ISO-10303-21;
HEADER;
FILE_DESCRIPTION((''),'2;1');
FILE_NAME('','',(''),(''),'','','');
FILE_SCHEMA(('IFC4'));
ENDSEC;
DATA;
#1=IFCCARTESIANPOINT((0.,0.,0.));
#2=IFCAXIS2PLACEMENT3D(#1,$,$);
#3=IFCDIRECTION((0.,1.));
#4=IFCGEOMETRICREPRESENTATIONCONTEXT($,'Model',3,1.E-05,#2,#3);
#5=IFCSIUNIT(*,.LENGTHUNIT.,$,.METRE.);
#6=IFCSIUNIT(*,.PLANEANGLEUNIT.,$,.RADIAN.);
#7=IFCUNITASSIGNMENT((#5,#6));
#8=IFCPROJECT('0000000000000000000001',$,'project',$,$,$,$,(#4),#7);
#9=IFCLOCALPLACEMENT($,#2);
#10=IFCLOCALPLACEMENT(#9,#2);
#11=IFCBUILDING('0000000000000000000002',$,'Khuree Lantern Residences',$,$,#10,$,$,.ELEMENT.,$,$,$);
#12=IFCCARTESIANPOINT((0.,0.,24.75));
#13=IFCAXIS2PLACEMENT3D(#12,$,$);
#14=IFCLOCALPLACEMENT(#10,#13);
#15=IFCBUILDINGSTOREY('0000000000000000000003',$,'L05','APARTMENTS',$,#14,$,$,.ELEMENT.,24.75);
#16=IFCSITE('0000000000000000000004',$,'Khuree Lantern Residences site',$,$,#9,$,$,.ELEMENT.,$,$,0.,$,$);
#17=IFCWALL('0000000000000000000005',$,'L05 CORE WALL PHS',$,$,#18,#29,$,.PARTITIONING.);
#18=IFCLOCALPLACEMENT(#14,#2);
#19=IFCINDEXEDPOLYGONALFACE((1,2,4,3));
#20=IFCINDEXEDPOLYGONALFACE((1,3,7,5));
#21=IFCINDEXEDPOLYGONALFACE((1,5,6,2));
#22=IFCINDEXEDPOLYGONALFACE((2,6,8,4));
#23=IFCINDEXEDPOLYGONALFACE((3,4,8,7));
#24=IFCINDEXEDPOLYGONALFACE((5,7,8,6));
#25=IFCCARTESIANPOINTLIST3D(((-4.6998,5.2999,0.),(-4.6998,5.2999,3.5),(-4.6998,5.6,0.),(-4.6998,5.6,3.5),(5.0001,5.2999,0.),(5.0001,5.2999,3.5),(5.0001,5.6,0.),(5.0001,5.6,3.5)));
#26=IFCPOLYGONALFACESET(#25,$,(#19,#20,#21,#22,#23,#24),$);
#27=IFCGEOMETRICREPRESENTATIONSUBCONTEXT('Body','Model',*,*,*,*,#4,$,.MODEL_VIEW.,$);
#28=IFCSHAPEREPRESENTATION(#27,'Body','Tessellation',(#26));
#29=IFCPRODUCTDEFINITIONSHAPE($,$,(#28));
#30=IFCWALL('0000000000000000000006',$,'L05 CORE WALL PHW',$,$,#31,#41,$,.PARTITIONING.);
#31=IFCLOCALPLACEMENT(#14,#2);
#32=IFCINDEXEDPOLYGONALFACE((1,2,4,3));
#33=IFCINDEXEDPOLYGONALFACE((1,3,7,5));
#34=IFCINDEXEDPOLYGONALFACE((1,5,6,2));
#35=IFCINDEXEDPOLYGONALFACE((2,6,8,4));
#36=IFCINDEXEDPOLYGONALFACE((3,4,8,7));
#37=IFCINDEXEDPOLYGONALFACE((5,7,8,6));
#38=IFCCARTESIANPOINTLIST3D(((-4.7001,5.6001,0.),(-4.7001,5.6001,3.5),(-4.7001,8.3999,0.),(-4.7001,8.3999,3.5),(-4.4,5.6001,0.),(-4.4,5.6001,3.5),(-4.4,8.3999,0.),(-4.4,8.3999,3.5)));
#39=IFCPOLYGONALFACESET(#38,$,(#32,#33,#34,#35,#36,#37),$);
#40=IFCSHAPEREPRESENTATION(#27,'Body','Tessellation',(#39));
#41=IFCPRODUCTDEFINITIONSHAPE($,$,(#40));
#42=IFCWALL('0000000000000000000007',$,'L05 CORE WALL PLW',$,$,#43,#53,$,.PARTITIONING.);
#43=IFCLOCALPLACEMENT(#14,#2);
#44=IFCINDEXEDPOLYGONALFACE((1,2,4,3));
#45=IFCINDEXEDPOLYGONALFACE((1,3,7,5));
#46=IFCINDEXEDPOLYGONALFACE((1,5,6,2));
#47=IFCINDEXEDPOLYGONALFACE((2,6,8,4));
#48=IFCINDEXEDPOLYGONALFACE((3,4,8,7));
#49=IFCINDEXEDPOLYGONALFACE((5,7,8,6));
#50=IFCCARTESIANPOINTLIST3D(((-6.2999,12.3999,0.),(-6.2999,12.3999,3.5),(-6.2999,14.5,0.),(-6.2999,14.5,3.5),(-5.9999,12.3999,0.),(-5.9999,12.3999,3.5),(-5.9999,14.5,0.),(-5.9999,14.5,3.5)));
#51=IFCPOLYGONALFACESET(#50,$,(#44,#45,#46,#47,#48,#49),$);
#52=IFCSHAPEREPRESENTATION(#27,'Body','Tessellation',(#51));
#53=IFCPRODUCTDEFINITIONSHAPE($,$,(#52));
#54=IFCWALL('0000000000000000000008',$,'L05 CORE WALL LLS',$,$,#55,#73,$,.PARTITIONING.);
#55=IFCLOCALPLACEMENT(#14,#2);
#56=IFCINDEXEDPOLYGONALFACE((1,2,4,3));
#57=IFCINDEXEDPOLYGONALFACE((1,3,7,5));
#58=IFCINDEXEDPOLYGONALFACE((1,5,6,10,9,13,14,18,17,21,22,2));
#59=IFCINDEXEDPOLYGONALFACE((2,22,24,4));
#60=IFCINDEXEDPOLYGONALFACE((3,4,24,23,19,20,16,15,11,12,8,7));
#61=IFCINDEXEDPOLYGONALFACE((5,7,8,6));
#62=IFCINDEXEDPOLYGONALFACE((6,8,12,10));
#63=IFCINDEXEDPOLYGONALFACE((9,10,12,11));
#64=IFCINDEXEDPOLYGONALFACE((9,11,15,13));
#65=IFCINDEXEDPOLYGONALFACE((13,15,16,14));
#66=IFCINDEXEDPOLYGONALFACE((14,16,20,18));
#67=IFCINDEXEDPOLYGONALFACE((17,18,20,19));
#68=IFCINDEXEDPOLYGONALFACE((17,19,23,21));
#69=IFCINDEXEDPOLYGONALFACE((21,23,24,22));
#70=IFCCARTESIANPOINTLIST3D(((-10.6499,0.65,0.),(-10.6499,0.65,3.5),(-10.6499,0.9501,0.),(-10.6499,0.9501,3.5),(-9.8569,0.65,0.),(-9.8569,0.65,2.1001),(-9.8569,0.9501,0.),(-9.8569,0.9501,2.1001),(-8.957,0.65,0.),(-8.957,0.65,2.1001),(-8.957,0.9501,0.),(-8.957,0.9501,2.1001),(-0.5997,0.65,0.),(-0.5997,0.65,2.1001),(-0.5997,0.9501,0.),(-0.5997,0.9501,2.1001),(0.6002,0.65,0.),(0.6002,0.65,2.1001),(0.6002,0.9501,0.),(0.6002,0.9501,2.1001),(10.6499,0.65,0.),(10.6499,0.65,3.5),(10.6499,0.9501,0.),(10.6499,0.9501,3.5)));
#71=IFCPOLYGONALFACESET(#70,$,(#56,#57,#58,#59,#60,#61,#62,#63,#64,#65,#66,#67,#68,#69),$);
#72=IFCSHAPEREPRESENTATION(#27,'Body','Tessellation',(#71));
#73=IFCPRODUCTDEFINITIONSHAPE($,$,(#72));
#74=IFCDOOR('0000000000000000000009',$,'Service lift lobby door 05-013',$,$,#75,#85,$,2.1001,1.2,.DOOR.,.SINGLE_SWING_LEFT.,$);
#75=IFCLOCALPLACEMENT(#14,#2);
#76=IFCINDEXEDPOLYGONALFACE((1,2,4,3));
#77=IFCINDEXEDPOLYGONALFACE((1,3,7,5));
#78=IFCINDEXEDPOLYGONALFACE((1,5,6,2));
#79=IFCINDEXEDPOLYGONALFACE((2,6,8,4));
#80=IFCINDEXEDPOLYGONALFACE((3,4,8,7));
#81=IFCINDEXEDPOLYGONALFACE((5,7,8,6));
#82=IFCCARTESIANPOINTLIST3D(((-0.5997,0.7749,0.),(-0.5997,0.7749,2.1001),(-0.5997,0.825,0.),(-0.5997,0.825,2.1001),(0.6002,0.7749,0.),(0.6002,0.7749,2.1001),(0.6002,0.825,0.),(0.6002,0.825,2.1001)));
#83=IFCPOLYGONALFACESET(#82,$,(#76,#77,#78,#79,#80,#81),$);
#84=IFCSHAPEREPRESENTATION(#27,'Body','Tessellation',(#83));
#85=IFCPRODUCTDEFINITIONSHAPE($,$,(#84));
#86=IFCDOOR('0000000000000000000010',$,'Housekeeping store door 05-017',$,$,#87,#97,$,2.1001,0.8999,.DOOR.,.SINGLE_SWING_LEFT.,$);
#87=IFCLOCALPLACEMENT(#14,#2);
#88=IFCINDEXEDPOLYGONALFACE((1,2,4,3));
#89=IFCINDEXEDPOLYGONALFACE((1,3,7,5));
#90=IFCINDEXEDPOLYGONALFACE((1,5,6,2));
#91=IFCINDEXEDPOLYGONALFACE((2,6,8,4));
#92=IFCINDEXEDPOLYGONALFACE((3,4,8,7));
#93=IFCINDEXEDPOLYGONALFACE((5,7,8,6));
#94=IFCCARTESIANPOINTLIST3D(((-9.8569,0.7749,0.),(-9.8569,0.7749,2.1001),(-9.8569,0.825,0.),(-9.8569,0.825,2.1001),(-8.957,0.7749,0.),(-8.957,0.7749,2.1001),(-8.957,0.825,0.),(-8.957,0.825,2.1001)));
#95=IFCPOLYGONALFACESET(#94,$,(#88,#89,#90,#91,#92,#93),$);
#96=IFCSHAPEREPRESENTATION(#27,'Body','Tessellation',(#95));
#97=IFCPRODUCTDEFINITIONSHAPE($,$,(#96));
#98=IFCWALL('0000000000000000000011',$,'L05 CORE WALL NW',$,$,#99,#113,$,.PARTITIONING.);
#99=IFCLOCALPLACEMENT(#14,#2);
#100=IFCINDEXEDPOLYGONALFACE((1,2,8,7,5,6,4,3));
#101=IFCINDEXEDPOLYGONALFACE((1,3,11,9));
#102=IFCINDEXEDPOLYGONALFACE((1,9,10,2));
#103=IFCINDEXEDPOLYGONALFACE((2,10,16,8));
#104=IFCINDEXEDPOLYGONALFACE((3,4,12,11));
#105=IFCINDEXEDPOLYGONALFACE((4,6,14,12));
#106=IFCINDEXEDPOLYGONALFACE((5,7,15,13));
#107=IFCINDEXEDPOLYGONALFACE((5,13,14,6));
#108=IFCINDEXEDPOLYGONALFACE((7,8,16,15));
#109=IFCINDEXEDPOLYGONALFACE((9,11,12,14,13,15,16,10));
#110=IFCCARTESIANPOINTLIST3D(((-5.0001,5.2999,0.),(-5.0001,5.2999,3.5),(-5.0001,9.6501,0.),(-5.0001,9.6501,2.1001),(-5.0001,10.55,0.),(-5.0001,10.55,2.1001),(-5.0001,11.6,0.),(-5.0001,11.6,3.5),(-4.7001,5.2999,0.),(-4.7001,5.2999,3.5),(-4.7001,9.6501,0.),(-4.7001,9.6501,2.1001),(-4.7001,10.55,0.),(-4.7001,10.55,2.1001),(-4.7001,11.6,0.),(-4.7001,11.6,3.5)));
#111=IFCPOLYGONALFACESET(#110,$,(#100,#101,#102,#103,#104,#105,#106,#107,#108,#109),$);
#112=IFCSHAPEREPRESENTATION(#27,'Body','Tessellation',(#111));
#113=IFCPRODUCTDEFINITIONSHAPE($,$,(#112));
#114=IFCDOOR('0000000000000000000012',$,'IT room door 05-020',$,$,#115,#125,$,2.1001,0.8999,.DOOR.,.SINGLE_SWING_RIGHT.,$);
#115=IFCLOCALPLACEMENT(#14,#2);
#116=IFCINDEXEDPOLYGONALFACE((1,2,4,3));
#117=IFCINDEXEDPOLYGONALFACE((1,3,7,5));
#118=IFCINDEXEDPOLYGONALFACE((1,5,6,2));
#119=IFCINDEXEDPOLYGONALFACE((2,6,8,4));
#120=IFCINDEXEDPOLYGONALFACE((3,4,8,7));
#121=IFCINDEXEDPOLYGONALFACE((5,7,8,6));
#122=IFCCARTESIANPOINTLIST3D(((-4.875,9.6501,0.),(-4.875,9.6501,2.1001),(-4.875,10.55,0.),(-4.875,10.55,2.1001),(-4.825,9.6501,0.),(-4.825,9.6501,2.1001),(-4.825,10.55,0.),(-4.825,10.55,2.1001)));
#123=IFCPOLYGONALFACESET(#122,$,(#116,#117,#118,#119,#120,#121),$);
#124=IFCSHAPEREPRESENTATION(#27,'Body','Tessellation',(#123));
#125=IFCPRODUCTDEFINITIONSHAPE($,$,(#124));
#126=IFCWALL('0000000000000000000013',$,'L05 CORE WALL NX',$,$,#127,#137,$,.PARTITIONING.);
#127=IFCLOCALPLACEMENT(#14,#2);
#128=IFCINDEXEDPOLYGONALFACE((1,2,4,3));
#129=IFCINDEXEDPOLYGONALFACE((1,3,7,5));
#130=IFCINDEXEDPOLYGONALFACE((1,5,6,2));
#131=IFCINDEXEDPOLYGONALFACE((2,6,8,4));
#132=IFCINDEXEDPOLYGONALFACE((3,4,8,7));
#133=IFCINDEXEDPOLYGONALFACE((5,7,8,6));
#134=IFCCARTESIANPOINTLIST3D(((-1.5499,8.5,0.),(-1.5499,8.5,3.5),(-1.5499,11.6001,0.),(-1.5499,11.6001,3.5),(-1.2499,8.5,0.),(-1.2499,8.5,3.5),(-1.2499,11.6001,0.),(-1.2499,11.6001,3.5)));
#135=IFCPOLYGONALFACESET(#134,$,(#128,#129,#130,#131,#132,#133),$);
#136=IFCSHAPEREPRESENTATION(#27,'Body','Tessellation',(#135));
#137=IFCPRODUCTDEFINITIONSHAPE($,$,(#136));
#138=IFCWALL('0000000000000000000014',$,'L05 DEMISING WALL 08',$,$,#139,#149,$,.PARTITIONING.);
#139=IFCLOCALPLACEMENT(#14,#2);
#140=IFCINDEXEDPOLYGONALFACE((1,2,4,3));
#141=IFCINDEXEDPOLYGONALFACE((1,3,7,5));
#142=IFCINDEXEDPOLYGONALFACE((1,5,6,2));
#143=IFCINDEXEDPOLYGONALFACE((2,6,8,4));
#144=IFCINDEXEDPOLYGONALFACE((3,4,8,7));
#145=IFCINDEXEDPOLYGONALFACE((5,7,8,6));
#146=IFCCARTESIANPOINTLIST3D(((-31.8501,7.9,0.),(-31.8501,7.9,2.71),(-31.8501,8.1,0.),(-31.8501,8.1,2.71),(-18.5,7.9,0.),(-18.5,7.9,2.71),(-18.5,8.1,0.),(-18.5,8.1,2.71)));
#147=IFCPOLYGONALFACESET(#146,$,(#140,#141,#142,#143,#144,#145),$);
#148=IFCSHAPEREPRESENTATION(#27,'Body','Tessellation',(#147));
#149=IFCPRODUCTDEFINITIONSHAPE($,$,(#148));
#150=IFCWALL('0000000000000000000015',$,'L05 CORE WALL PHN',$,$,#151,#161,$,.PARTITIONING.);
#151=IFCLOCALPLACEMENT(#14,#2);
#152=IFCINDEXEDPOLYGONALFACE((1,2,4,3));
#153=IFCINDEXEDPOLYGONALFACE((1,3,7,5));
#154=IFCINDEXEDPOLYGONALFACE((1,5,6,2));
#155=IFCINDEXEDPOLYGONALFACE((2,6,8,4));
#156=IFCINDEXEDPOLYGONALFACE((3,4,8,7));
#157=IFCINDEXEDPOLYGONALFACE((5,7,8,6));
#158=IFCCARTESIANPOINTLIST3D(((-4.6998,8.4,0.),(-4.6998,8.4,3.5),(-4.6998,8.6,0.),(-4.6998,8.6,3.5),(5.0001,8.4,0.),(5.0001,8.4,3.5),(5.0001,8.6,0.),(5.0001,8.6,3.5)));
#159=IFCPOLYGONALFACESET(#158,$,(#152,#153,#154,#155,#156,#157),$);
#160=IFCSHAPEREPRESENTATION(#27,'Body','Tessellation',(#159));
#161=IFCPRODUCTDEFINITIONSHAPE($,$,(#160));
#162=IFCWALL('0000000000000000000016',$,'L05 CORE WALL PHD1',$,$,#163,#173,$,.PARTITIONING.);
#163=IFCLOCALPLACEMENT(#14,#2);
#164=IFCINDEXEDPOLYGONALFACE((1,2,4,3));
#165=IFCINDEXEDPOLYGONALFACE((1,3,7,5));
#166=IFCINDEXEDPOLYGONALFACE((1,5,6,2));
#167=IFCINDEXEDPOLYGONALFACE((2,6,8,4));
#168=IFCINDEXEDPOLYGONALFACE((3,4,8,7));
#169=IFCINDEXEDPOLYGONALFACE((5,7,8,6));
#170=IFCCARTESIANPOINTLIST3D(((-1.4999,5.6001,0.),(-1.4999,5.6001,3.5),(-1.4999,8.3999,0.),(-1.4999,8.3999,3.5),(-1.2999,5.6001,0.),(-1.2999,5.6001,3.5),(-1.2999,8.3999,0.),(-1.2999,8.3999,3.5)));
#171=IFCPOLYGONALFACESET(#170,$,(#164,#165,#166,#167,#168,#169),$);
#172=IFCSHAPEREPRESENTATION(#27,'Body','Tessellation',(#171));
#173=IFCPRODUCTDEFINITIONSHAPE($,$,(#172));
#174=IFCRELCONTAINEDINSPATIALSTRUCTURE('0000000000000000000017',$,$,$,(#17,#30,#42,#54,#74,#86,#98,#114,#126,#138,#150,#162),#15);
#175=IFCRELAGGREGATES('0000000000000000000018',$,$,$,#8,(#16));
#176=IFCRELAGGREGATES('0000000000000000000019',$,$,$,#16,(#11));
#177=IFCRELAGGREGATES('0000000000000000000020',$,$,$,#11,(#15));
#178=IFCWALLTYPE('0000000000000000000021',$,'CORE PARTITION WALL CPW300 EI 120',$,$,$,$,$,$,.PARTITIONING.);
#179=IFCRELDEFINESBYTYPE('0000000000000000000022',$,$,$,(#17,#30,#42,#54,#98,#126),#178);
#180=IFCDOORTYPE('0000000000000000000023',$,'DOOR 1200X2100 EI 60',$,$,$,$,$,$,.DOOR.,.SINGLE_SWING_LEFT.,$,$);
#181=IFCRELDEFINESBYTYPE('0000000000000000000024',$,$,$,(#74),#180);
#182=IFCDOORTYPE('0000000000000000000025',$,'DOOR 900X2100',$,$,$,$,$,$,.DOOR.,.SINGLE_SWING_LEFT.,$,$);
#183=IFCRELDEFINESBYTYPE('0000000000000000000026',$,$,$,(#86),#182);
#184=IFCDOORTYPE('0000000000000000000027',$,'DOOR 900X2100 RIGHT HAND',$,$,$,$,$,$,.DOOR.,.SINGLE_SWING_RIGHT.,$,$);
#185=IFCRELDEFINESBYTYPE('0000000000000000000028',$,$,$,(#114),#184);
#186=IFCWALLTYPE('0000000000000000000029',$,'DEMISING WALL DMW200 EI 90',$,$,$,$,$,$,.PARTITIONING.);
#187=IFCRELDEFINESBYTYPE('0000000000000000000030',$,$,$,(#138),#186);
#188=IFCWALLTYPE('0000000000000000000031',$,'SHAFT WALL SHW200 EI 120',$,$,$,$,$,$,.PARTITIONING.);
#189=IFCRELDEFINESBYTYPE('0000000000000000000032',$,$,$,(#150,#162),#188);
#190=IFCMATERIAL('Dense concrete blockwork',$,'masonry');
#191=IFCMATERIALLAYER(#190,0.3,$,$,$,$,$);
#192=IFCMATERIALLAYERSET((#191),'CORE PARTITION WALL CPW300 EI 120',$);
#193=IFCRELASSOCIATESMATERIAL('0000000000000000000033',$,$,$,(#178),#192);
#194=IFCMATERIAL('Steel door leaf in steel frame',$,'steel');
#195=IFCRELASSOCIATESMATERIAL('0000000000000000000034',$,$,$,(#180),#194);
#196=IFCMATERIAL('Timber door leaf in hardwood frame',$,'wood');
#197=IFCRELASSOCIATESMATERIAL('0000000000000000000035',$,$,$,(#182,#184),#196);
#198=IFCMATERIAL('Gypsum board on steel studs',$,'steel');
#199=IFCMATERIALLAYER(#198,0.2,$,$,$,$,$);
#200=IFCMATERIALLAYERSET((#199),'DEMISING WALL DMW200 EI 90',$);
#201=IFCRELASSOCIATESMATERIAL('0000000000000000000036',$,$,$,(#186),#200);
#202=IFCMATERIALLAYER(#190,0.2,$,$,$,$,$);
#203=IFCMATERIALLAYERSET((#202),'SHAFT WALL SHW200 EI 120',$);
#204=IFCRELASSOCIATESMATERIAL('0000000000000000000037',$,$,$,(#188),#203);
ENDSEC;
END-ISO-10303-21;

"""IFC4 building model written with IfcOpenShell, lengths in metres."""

from ifc_helpers import new_model, si_unit, direction, frame, frame_2d, origin, place, context, subcontext, project, spatial, rectangle, extrude, material, layer, layer_set, type_object, element, fill, save


model = new_model("IFC4")

# Units and contexts
model_context = context("Model", 3, precision=1e-05, world=origin(), true_north=direction((0.0, 1.0)))
body_context = subcontext(model_context, "Body", "Model", "MODEL_VIEW")
ifc_project = project(units=[si_unit("LENGTHUNIT", "METRE"), si_unit("PLANEANGLEUNIT", "RADIAN")], contexts=[model_context])

# Site, building, storey
site_placement = place(None, origin())
site = spatial("IfcSite", under=ifc_project, at=site_placement, Name="Khuree Lantern Residences site", CompositionType="ELEMENT", RefElevation=0.0)
building_placement = place(site_placement, origin())
building = spatial("IfcBuilding", under=site, at=building_placement, Name="Khuree Lantern Residences", CompositionType="ELEMENT")
storey_placement = place(building_placement, frame((0.0, 0.0, 24.75)))
storey = spatial("IfcBuildingStorey", under=building, at=storey_placement, Name="L05", Description="APARTMENTS", CompositionType="ELEMENT", Elevation=24.75)

# Walls
ifc_material_1 = material(Name="Dense concrete blockwork", Category="masonry")
ifc_layer_1 = layer(ifc_material_1, 0.3)
ifc_layer_set_1 = layer_set([ifc_layer_1], Name="CORE PARTITION WALL CPW300 EI 120")
wall_type_1 = type_object("IfcWallType", Name="CORE PARTITION WALL CPW300 EI 120", PredefinedType="PARTITIONING", material=ifc_layer_set_1)
wall_1_placement = place(storey_placement, frame((-4.7, 5.45, 0.0), z_axis=(0.0, 0.0, 1.0), x_axis=(1.0, 0.0, 0.0)))
element("IfcWall", 1, at=wall_1_placement, inside=storey, type_object=wall_type_1, Name="L05 CORE WALL PHS", PredefinedType="PARTITIONING", context=body_context, shape_type="SweptSolid", body=[
    extrude(rectangle(XDim=9.7, YDim=0.3, at=frame_2d((4.8501, 0.0))), origin(), (0.0, 0.0, 1.0), 3.5),
])
wall_2_placement = place(storey_placement, frame((-4.55, 5.6001, 0.0), z_axis=(0.0, 0.0, 1.0), x_axis=(0.0, 1.0, 0.0)))
element("IfcWall", 2, at=wall_2_placement, inside=storey, type_object=wall_type_1, Name="L05 CORE WALL PHW", PredefinedType="PARTITIONING", context=body_context, shape_type="SweptSolid", body=[
    extrude(rectangle(XDim=2.7998, YDim=0.3, at=frame_2d((1.3999, 0.0))), origin(), (0.0, 0.0, 1.0), 3.5),
])
wall_3_placement = place(storey_placement, frame((-6.1499, 12.3999, 0.0), z_axis=(0.0, 0.0, 1.0), x_axis=(0.0, 1.0, 0.0)))
element("IfcWall", 3, at=wall_3_placement, inside=storey, type_object=wall_type_1, Name="L05 CORE WALL PLW", PredefinedType="PARTITIONING", context=body_context, shape_type="SweptSolid", body=[
    extrude(rectangle(XDim=2.1001, YDim=0.3, at=frame_2d((1.05, 0.0))), origin(), (0.0, 0.0, 1.0), 3.5),
])

# Wall, openings, doors
wall_4_placement = place(storey_placement, frame((-10.6499, 0.8, 0.0), z_axis=(0.0, 0.0, 1.0), x_axis=(1.0, 0.0, 0.0)))
wall_4 = element("IfcWall", 4, at=wall_4_placement, inside=storey, type_object=wall_type_1, Name="L05 CORE WALL LLS", PredefinedType="PARTITIONING", context=body_context, shape_type="SweptSolid", body=[
    extrude(rectangle(XDim=21.2998, YDim=0.3, at=frame_2d((10.6499, 0.0))), origin(), (0.0, 0.0, 1.0), 3.5),
])
opening_1_placement = place(wall_4_placement, frame((10.05, 0.0, 0.0)))
opening_1 = element("IfcOpeningElement", 5, at=opening_1_placement, cuts=wall_4, PredefinedType="OPENING", context=body_context, shape_type="SweptSolid", body=[
    extrude(rectangle(XDim=1.2, YDim=2.1001, at=frame_2d((0.6001, 1.05))), frame((0.0, 0.1602, 0.0), z_axis=(0.0, -1.0, 0.0), x_axis=(1.0, 0.0, 0.0)), (0.0, 0.0, 1.0), 0.3201),
])
opening_2_placement = place(wall_4_placement, frame((0.793, 0.0, 0.0)))
opening_2 = element("IfcOpeningElement", 6, at=opening_2_placement, cuts=wall_4, PredefinedType="OPENING", context=body_context, shape_type="SweptSolid", body=[
    extrude(rectangle(XDim=0.8999, YDim=2.1001, at=frame_2d((0.45, 1.05))), frame((0.0, 0.1602, 0.0), z_axis=(0.0, -1.0, 0.0), x_axis=(1.0, 0.0, 0.0)), (0.0, 0.0, 1.0), 0.3201),
])
ifc_material_2 = material(Name="Steel door leaf in steel frame", Category="steel")
door_type_1 = type_object("IfcDoorType", Name="DOOR 1200X2100 EI 60", OperationType="SINGLE_SWING_LEFT", PredefinedType="DOOR", material=ifc_material_2)
door_1_placement = place(opening_1_placement, origin())
door_1 = element("IfcDoor", 7, at=door_1_placement, inside=storey, type_object=door_type_1, Name="Service lift lobby door 05-013", OperationType="SINGLE_SWING_LEFT", OverallHeight=2.1001, OverallWidth=1.2, PredefinedType="DOOR", context=body_context, shape_type="SweptSolid", body=[
    extrude(rectangle(XDim=1.2, YDim=2.1001, at=frame_2d((0.6001, 1.05))), frame((0.0, 0.0249, 0.0), z_axis=(0.0, -1.0, 0.0), x_axis=(1.0, 0.0, 0.0)), (0.0, 0.0, 1.0), 0.05),
])
fill(opening_1, door_1)
ifc_material_3 = material(Name="Timber door leaf in hardwood frame", Category="wood")
door_type_2 = type_object("IfcDoorType", Name="DOOR 900X2100", OperationType="SINGLE_SWING_LEFT", PredefinedType="DOOR", material=ifc_material_3)
door_2_placement = place(opening_2_placement, origin())
door_2 = element("IfcDoor", 8, at=door_2_placement, inside=storey, type_object=door_type_2, Name="Housekeeping store door 05-017", OperationType="SINGLE_SWING_LEFT", OverallHeight=2.1001, OverallWidth=0.8999, PredefinedType="DOOR", context=body_context, shape_type="SweptSolid", body=[
    extrude(rectangle(XDim=0.8999, YDim=2.1001, at=frame_2d((0.45, 1.05))), frame((0.0, 0.0249, 0.0), z_axis=(0.0, -1.0, 0.0), x_axis=(1.0, 0.0, 0.0)), (0.0, 0.0, 1.0), 0.05),
])
fill(opening_2, door_2)

# Wall, opening, door
wall_5_placement = place(storey_placement, frame((-4.8501, 5.3, 0.0), z_axis=(0.0, 0.0, 1.0), x_axis=(0.0, 1.0, 0.0)))
wall_5 = element("IfcWall", 9, at=wall_5_placement, inside=storey, type_object=wall_type_1, Name="L05 CORE WALL NW", PredefinedType="PARTITIONING", context=body_context, shape_type="SweptSolid", body=[
    extrude(rectangle(XDim=6.3, YDim=0.3, at=frame_2d((3.1499, 0.0))), origin(), (0.0, 0.0, 1.0), 3.5),
])
opening_3_placement = place(wall_5_placement, frame((4.3501, 0.0, 0.0)))
opening_3 = element("IfcOpeningElement", 10, at=opening_3_placement, cuts=wall_5, PredefinedType="OPENING", context=body_context, shape_type="SweptSolid", body=[
    extrude(rectangle(XDim=0.8999, YDim=2.1001, at=frame_2d((0.45, 1.05))), frame((0.0, 0.1602, 0.0), z_axis=(0.0, -1.0, 0.0), x_axis=(1.0, 0.0, 0.0)), (0.0, 0.0, 1.0), 0.3201),
])
door_type_3 = type_object("IfcDoorType", Name="DOOR 900X2100 RIGHT HAND", OperationType="SINGLE_SWING_RIGHT", PredefinedType="DOOR", material=ifc_material_3)
door_3_placement = place(opening_3_placement, origin())
door_3 = element("IfcDoor", 11, at=door_3_placement, inside=storey, type_object=door_type_3, Name="IT room door 05-020", OperationType="SINGLE_SWING_RIGHT", OverallHeight=2.1001, OverallWidth=0.8999, PredefinedType="DOOR", context=body_context, shape_type="SweptSolid", body=[
    extrude(rectangle(XDim=0.8999, YDim=2.1001, at=frame_2d((0.45, 1.05))), frame((0.0, 0.0249, 0.0), z_axis=(0.0, -1.0, 0.0), x_axis=(1.0, 0.0, 0.0)), (0.0, 0.0, 1.0), 0.05),
])
fill(opening_3, door_3)

# Walls
wall_6_placement = place(storey_placement, frame((-1.3999, 8.5, 0.0), z_axis=(0.0, 0.0, 1.0), x_axis=(0.0, 1.0, 0.0)))
element("IfcWall", 12, at=wall_6_placement, inside=storey, type_object=wall_type_1, Name="L05 CORE WALL NX", PredefinedType="PARTITIONING", context=body_context, shape_type="SweptSolid", body=[
    extrude(rectangle(XDim=3.1001, YDim=0.3, at=frame_2d((1.55, 0.0))), origin(), (0.0, 0.0, 1.0), 3.5),
])
ifc_material_4 = material(Name="Gypsum board on steel studs", Category="steel")
ifc_layer_2 = layer(ifc_material_4, 0.2)
ifc_layer_set_2 = layer_set([ifc_layer_2], Name="DEMISING WALL DMW200 EI 90")
wall_type_2 = type_object("IfcWallType", Name="DEMISING WALL DMW200 EI 90", PredefinedType="PARTITIONING", material=ifc_layer_set_2)
wall_7_placement = place(storey_placement, frame((-18.5, 8.0, 0.0), z_axis=(0.0, 0.0, 1.0), x_axis=(-1.0, 0.0, 0.0)))
element("IfcWall", 13, at=wall_7_placement, inside=storey, type_object=wall_type_2, Name="L05 DEMISING WALL 08", PredefinedType="PARTITIONING", context=body_context, shape_type="SweptSolid", body=[
    extrude(rectangle(XDim=13.3501, YDim=0.2, at=frame_2d((6.675, 0.0))), origin(), (0.0, 0.0, 1.0), 2.71),
])
ifc_layer_3 = layer(ifc_material_1, 0.2)
ifc_layer_set_3 = layer_set([ifc_layer_3], Name="SHAFT WALL SHW200 EI 120")
wall_type_3 = type_object("IfcWallType", Name="SHAFT WALL SHW200 EI 120", PredefinedType="PARTITIONING", material=ifc_layer_set_3)
wall_8_placement = place(storey_placement, frame((-4.7, 8.5, 0.0), z_axis=(0.0, 0.0, 1.0), x_axis=(1.0, 0.0, 0.0)))
element("IfcWall", 14, at=wall_8_placement, inside=storey, type_object=wall_type_3, Name="L05 CORE WALL PHN", PredefinedType="PARTITIONING", context=body_context, shape_type="SweptSolid", body=[
    extrude(rectangle(XDim=9.7, YDim=0.2, at=frame_2d((4.8501, 0.0))), origin(), (0.0, 0.0, 1.0), 3.5),
])
wall_9_placement = place(storey_placement, frame((-1.3999, 5.6001, 0.0), z_axis=(0.0, 0.0, 1.0), x_axis=(0.0, 1.0, 0.0)))
element("IfcWall", 15, at=wall_9_placement, inside=storey, type_object=wall_type_3, Name="L05 CORE WALL PHD1", PredefinedType="PARTITIONING", context=body_context, shape_type="SweptSolid", body=[
    extrude(rectangle(XDim=2.7998, YDim=0.2, at=frame_2d((1.3999, 0.0))), origin(), (0.0, 0.0, 1.0), 3.5),
])

save(model, "model.ifc")
